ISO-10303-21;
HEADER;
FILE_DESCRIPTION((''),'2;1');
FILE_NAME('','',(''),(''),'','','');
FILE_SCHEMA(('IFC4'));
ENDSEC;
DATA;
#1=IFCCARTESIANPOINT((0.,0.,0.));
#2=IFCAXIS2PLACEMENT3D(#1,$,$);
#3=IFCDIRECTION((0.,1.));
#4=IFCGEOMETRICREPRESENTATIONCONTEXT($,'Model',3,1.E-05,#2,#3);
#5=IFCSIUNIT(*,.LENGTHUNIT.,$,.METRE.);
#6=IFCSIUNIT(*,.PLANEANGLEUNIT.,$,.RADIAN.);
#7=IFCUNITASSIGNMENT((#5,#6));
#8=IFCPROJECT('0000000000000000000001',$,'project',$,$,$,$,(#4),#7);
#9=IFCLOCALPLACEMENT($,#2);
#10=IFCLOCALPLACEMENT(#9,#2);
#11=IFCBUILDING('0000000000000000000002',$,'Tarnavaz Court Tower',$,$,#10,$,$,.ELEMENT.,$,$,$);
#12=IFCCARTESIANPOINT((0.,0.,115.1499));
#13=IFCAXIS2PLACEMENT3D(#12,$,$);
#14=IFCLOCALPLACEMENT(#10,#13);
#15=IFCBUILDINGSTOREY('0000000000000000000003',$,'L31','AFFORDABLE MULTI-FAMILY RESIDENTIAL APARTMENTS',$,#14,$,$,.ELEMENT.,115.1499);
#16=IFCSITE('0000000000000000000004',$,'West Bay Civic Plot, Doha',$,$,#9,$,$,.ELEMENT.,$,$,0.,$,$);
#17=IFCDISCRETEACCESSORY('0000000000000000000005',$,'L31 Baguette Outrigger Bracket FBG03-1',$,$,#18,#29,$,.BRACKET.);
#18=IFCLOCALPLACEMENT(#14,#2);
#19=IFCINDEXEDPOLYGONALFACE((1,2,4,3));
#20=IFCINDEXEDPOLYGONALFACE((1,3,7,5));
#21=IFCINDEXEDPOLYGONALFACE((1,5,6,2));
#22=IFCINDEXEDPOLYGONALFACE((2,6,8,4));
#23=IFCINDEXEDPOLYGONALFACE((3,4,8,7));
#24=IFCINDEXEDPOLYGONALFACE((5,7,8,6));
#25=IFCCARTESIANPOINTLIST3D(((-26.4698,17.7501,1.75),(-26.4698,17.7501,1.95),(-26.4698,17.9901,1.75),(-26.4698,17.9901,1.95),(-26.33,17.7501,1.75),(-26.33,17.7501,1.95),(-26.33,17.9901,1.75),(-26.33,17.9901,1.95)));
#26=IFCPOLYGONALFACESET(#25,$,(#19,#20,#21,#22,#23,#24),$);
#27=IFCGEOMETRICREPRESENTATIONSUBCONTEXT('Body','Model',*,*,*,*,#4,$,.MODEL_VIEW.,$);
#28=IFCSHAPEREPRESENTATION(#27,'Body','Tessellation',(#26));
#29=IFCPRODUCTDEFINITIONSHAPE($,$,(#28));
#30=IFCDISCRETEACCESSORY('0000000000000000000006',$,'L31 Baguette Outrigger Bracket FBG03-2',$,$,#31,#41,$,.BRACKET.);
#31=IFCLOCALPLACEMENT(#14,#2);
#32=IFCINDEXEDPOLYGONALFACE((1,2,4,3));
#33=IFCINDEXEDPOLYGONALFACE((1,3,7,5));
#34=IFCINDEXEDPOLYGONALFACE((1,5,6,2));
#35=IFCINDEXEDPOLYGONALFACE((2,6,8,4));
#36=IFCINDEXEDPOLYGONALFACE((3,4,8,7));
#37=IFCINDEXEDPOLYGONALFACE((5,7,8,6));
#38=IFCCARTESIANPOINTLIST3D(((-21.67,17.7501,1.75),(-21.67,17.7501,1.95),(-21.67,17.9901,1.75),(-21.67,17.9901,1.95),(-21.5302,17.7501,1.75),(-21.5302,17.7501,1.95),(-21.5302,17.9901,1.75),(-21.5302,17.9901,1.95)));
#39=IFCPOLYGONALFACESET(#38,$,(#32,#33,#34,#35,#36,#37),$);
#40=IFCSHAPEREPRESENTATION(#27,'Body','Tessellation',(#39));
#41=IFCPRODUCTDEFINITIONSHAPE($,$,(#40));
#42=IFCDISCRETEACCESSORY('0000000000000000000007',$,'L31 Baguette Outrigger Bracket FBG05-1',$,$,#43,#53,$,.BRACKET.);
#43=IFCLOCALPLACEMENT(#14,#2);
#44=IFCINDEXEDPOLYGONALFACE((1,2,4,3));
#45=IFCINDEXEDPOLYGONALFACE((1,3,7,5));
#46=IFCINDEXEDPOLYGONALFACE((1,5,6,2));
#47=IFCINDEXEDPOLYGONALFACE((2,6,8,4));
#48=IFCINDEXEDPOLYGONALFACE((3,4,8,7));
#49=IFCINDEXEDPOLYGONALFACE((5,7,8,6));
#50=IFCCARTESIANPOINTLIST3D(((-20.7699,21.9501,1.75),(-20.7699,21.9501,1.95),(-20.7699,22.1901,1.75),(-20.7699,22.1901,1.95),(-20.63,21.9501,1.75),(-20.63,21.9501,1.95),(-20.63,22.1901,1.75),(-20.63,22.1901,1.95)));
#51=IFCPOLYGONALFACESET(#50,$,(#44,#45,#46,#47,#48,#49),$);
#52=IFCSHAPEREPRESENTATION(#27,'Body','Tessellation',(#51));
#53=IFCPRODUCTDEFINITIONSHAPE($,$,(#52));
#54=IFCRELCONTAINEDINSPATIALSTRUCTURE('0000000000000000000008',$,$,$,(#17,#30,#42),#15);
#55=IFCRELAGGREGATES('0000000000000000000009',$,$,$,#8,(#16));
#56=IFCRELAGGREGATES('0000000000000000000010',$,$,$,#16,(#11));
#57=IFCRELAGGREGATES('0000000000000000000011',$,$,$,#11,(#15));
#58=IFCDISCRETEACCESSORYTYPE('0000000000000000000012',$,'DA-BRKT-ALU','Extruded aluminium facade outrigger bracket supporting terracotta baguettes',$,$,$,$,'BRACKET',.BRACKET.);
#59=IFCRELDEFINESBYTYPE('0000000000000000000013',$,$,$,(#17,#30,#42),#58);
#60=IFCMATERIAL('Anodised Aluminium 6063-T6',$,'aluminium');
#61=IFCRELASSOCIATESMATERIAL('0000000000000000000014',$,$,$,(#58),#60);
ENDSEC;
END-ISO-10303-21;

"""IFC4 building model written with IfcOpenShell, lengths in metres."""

from ifc_helpers import new_model, si_unit, direction, frame, origin, origin_2d, place, context, subcontext, project, spatial, rectangle, extrude, material, type_object, element, save


model = new_model("IFC4")

# Units and contexts
model_context = context("Model", 3, precision=1e-05, world=origin(), true_north=direction((0.0, 1.0)))
body_context = subcontext(model_context, "Body", "Model", "MODEL_VIEW")
ifc_project = project(units=[si_unit("LENGTHUNIT", "METRE"), si_unit("PLANEANGLEUNIT", "RADIAN")], contexts=[model_context])

# Site, building, storey
site_placement = place(None, origin())
site = spatial("IfcSite", under=ifc_project, at=site_placement, Name="West Bay Civic Plot, Doha", CompositionType="ELEMENT", RefElevation=0.0)
building_placement = place(site_placement, origin())
building = spatial("IfcBuilding", under=site, at=building_placement, Name="Tarnavaz Court Tower", CompositionType="ELEMENT")
storey_placement = place(building_placement, frame((0.0, 0.0, 115.1499)))
storey = spatial("IfcBuildingStorey", under=building, at=storey_placement, Name="L31", Description="AFFORDABLE MULTI-FAMILY RESIDENTIAL APARTMENTS", CompositionType="ELEMENT", Elevation=115.1499)

# Discrete accessories
ifc_material_1 = material(Name="Anodised Aluminium 6063-T6", Category="aluminium")
discrete_accessory_type = type_object("IfcDiscreteAccessoryType", Name="DA-BRKT-ALU", Description="Extruded aluminium facade outrigger bracket supporting terracotta baguettes", ElementType="BRACKET", PredefinedType="BRACKET", material=ifc_material_1)
for number, where, z_axis, x_axis, name in (
    (1, (-26.3999, 17.8701, 1.75), (0.0, 0.0, 1.0), (1.0, 0.0, 0.0), "L31 Baguette Outrigger Bracket FBG03-1"),
    (2, (-21.6001, 17.8701, 1.75), (0.0, 0.0, 1.0), (1.0, 0.0, 0.0), "L31 Baguette Outrigger Bracket FBG03-2"),
    (3, (-20.7, 22.0701, 1.75), (0.0, 0.0, 1.0), (1.0, 0.0, 0.0), "L31 Baguette Outrigger Bracket FBG05-1"),
):
    element("IfcDiscreteAccessory", number, at=place(storey_placement, frame(where, z_axis=z_axis, x_axis=x_axis)), inside=storey, type_object=discrete_accessory_type, Name=name, PredefinedType="BRACKET", context=body_context, shape_type="SweptSolid", body=[
        extrude(rectangle(XDim=0.1399, YDim=0.24, at=origin_2d()), origin(), (0.0, 0.0, 1.0), 0.2),
    ])

save(model, "model.ifc")
